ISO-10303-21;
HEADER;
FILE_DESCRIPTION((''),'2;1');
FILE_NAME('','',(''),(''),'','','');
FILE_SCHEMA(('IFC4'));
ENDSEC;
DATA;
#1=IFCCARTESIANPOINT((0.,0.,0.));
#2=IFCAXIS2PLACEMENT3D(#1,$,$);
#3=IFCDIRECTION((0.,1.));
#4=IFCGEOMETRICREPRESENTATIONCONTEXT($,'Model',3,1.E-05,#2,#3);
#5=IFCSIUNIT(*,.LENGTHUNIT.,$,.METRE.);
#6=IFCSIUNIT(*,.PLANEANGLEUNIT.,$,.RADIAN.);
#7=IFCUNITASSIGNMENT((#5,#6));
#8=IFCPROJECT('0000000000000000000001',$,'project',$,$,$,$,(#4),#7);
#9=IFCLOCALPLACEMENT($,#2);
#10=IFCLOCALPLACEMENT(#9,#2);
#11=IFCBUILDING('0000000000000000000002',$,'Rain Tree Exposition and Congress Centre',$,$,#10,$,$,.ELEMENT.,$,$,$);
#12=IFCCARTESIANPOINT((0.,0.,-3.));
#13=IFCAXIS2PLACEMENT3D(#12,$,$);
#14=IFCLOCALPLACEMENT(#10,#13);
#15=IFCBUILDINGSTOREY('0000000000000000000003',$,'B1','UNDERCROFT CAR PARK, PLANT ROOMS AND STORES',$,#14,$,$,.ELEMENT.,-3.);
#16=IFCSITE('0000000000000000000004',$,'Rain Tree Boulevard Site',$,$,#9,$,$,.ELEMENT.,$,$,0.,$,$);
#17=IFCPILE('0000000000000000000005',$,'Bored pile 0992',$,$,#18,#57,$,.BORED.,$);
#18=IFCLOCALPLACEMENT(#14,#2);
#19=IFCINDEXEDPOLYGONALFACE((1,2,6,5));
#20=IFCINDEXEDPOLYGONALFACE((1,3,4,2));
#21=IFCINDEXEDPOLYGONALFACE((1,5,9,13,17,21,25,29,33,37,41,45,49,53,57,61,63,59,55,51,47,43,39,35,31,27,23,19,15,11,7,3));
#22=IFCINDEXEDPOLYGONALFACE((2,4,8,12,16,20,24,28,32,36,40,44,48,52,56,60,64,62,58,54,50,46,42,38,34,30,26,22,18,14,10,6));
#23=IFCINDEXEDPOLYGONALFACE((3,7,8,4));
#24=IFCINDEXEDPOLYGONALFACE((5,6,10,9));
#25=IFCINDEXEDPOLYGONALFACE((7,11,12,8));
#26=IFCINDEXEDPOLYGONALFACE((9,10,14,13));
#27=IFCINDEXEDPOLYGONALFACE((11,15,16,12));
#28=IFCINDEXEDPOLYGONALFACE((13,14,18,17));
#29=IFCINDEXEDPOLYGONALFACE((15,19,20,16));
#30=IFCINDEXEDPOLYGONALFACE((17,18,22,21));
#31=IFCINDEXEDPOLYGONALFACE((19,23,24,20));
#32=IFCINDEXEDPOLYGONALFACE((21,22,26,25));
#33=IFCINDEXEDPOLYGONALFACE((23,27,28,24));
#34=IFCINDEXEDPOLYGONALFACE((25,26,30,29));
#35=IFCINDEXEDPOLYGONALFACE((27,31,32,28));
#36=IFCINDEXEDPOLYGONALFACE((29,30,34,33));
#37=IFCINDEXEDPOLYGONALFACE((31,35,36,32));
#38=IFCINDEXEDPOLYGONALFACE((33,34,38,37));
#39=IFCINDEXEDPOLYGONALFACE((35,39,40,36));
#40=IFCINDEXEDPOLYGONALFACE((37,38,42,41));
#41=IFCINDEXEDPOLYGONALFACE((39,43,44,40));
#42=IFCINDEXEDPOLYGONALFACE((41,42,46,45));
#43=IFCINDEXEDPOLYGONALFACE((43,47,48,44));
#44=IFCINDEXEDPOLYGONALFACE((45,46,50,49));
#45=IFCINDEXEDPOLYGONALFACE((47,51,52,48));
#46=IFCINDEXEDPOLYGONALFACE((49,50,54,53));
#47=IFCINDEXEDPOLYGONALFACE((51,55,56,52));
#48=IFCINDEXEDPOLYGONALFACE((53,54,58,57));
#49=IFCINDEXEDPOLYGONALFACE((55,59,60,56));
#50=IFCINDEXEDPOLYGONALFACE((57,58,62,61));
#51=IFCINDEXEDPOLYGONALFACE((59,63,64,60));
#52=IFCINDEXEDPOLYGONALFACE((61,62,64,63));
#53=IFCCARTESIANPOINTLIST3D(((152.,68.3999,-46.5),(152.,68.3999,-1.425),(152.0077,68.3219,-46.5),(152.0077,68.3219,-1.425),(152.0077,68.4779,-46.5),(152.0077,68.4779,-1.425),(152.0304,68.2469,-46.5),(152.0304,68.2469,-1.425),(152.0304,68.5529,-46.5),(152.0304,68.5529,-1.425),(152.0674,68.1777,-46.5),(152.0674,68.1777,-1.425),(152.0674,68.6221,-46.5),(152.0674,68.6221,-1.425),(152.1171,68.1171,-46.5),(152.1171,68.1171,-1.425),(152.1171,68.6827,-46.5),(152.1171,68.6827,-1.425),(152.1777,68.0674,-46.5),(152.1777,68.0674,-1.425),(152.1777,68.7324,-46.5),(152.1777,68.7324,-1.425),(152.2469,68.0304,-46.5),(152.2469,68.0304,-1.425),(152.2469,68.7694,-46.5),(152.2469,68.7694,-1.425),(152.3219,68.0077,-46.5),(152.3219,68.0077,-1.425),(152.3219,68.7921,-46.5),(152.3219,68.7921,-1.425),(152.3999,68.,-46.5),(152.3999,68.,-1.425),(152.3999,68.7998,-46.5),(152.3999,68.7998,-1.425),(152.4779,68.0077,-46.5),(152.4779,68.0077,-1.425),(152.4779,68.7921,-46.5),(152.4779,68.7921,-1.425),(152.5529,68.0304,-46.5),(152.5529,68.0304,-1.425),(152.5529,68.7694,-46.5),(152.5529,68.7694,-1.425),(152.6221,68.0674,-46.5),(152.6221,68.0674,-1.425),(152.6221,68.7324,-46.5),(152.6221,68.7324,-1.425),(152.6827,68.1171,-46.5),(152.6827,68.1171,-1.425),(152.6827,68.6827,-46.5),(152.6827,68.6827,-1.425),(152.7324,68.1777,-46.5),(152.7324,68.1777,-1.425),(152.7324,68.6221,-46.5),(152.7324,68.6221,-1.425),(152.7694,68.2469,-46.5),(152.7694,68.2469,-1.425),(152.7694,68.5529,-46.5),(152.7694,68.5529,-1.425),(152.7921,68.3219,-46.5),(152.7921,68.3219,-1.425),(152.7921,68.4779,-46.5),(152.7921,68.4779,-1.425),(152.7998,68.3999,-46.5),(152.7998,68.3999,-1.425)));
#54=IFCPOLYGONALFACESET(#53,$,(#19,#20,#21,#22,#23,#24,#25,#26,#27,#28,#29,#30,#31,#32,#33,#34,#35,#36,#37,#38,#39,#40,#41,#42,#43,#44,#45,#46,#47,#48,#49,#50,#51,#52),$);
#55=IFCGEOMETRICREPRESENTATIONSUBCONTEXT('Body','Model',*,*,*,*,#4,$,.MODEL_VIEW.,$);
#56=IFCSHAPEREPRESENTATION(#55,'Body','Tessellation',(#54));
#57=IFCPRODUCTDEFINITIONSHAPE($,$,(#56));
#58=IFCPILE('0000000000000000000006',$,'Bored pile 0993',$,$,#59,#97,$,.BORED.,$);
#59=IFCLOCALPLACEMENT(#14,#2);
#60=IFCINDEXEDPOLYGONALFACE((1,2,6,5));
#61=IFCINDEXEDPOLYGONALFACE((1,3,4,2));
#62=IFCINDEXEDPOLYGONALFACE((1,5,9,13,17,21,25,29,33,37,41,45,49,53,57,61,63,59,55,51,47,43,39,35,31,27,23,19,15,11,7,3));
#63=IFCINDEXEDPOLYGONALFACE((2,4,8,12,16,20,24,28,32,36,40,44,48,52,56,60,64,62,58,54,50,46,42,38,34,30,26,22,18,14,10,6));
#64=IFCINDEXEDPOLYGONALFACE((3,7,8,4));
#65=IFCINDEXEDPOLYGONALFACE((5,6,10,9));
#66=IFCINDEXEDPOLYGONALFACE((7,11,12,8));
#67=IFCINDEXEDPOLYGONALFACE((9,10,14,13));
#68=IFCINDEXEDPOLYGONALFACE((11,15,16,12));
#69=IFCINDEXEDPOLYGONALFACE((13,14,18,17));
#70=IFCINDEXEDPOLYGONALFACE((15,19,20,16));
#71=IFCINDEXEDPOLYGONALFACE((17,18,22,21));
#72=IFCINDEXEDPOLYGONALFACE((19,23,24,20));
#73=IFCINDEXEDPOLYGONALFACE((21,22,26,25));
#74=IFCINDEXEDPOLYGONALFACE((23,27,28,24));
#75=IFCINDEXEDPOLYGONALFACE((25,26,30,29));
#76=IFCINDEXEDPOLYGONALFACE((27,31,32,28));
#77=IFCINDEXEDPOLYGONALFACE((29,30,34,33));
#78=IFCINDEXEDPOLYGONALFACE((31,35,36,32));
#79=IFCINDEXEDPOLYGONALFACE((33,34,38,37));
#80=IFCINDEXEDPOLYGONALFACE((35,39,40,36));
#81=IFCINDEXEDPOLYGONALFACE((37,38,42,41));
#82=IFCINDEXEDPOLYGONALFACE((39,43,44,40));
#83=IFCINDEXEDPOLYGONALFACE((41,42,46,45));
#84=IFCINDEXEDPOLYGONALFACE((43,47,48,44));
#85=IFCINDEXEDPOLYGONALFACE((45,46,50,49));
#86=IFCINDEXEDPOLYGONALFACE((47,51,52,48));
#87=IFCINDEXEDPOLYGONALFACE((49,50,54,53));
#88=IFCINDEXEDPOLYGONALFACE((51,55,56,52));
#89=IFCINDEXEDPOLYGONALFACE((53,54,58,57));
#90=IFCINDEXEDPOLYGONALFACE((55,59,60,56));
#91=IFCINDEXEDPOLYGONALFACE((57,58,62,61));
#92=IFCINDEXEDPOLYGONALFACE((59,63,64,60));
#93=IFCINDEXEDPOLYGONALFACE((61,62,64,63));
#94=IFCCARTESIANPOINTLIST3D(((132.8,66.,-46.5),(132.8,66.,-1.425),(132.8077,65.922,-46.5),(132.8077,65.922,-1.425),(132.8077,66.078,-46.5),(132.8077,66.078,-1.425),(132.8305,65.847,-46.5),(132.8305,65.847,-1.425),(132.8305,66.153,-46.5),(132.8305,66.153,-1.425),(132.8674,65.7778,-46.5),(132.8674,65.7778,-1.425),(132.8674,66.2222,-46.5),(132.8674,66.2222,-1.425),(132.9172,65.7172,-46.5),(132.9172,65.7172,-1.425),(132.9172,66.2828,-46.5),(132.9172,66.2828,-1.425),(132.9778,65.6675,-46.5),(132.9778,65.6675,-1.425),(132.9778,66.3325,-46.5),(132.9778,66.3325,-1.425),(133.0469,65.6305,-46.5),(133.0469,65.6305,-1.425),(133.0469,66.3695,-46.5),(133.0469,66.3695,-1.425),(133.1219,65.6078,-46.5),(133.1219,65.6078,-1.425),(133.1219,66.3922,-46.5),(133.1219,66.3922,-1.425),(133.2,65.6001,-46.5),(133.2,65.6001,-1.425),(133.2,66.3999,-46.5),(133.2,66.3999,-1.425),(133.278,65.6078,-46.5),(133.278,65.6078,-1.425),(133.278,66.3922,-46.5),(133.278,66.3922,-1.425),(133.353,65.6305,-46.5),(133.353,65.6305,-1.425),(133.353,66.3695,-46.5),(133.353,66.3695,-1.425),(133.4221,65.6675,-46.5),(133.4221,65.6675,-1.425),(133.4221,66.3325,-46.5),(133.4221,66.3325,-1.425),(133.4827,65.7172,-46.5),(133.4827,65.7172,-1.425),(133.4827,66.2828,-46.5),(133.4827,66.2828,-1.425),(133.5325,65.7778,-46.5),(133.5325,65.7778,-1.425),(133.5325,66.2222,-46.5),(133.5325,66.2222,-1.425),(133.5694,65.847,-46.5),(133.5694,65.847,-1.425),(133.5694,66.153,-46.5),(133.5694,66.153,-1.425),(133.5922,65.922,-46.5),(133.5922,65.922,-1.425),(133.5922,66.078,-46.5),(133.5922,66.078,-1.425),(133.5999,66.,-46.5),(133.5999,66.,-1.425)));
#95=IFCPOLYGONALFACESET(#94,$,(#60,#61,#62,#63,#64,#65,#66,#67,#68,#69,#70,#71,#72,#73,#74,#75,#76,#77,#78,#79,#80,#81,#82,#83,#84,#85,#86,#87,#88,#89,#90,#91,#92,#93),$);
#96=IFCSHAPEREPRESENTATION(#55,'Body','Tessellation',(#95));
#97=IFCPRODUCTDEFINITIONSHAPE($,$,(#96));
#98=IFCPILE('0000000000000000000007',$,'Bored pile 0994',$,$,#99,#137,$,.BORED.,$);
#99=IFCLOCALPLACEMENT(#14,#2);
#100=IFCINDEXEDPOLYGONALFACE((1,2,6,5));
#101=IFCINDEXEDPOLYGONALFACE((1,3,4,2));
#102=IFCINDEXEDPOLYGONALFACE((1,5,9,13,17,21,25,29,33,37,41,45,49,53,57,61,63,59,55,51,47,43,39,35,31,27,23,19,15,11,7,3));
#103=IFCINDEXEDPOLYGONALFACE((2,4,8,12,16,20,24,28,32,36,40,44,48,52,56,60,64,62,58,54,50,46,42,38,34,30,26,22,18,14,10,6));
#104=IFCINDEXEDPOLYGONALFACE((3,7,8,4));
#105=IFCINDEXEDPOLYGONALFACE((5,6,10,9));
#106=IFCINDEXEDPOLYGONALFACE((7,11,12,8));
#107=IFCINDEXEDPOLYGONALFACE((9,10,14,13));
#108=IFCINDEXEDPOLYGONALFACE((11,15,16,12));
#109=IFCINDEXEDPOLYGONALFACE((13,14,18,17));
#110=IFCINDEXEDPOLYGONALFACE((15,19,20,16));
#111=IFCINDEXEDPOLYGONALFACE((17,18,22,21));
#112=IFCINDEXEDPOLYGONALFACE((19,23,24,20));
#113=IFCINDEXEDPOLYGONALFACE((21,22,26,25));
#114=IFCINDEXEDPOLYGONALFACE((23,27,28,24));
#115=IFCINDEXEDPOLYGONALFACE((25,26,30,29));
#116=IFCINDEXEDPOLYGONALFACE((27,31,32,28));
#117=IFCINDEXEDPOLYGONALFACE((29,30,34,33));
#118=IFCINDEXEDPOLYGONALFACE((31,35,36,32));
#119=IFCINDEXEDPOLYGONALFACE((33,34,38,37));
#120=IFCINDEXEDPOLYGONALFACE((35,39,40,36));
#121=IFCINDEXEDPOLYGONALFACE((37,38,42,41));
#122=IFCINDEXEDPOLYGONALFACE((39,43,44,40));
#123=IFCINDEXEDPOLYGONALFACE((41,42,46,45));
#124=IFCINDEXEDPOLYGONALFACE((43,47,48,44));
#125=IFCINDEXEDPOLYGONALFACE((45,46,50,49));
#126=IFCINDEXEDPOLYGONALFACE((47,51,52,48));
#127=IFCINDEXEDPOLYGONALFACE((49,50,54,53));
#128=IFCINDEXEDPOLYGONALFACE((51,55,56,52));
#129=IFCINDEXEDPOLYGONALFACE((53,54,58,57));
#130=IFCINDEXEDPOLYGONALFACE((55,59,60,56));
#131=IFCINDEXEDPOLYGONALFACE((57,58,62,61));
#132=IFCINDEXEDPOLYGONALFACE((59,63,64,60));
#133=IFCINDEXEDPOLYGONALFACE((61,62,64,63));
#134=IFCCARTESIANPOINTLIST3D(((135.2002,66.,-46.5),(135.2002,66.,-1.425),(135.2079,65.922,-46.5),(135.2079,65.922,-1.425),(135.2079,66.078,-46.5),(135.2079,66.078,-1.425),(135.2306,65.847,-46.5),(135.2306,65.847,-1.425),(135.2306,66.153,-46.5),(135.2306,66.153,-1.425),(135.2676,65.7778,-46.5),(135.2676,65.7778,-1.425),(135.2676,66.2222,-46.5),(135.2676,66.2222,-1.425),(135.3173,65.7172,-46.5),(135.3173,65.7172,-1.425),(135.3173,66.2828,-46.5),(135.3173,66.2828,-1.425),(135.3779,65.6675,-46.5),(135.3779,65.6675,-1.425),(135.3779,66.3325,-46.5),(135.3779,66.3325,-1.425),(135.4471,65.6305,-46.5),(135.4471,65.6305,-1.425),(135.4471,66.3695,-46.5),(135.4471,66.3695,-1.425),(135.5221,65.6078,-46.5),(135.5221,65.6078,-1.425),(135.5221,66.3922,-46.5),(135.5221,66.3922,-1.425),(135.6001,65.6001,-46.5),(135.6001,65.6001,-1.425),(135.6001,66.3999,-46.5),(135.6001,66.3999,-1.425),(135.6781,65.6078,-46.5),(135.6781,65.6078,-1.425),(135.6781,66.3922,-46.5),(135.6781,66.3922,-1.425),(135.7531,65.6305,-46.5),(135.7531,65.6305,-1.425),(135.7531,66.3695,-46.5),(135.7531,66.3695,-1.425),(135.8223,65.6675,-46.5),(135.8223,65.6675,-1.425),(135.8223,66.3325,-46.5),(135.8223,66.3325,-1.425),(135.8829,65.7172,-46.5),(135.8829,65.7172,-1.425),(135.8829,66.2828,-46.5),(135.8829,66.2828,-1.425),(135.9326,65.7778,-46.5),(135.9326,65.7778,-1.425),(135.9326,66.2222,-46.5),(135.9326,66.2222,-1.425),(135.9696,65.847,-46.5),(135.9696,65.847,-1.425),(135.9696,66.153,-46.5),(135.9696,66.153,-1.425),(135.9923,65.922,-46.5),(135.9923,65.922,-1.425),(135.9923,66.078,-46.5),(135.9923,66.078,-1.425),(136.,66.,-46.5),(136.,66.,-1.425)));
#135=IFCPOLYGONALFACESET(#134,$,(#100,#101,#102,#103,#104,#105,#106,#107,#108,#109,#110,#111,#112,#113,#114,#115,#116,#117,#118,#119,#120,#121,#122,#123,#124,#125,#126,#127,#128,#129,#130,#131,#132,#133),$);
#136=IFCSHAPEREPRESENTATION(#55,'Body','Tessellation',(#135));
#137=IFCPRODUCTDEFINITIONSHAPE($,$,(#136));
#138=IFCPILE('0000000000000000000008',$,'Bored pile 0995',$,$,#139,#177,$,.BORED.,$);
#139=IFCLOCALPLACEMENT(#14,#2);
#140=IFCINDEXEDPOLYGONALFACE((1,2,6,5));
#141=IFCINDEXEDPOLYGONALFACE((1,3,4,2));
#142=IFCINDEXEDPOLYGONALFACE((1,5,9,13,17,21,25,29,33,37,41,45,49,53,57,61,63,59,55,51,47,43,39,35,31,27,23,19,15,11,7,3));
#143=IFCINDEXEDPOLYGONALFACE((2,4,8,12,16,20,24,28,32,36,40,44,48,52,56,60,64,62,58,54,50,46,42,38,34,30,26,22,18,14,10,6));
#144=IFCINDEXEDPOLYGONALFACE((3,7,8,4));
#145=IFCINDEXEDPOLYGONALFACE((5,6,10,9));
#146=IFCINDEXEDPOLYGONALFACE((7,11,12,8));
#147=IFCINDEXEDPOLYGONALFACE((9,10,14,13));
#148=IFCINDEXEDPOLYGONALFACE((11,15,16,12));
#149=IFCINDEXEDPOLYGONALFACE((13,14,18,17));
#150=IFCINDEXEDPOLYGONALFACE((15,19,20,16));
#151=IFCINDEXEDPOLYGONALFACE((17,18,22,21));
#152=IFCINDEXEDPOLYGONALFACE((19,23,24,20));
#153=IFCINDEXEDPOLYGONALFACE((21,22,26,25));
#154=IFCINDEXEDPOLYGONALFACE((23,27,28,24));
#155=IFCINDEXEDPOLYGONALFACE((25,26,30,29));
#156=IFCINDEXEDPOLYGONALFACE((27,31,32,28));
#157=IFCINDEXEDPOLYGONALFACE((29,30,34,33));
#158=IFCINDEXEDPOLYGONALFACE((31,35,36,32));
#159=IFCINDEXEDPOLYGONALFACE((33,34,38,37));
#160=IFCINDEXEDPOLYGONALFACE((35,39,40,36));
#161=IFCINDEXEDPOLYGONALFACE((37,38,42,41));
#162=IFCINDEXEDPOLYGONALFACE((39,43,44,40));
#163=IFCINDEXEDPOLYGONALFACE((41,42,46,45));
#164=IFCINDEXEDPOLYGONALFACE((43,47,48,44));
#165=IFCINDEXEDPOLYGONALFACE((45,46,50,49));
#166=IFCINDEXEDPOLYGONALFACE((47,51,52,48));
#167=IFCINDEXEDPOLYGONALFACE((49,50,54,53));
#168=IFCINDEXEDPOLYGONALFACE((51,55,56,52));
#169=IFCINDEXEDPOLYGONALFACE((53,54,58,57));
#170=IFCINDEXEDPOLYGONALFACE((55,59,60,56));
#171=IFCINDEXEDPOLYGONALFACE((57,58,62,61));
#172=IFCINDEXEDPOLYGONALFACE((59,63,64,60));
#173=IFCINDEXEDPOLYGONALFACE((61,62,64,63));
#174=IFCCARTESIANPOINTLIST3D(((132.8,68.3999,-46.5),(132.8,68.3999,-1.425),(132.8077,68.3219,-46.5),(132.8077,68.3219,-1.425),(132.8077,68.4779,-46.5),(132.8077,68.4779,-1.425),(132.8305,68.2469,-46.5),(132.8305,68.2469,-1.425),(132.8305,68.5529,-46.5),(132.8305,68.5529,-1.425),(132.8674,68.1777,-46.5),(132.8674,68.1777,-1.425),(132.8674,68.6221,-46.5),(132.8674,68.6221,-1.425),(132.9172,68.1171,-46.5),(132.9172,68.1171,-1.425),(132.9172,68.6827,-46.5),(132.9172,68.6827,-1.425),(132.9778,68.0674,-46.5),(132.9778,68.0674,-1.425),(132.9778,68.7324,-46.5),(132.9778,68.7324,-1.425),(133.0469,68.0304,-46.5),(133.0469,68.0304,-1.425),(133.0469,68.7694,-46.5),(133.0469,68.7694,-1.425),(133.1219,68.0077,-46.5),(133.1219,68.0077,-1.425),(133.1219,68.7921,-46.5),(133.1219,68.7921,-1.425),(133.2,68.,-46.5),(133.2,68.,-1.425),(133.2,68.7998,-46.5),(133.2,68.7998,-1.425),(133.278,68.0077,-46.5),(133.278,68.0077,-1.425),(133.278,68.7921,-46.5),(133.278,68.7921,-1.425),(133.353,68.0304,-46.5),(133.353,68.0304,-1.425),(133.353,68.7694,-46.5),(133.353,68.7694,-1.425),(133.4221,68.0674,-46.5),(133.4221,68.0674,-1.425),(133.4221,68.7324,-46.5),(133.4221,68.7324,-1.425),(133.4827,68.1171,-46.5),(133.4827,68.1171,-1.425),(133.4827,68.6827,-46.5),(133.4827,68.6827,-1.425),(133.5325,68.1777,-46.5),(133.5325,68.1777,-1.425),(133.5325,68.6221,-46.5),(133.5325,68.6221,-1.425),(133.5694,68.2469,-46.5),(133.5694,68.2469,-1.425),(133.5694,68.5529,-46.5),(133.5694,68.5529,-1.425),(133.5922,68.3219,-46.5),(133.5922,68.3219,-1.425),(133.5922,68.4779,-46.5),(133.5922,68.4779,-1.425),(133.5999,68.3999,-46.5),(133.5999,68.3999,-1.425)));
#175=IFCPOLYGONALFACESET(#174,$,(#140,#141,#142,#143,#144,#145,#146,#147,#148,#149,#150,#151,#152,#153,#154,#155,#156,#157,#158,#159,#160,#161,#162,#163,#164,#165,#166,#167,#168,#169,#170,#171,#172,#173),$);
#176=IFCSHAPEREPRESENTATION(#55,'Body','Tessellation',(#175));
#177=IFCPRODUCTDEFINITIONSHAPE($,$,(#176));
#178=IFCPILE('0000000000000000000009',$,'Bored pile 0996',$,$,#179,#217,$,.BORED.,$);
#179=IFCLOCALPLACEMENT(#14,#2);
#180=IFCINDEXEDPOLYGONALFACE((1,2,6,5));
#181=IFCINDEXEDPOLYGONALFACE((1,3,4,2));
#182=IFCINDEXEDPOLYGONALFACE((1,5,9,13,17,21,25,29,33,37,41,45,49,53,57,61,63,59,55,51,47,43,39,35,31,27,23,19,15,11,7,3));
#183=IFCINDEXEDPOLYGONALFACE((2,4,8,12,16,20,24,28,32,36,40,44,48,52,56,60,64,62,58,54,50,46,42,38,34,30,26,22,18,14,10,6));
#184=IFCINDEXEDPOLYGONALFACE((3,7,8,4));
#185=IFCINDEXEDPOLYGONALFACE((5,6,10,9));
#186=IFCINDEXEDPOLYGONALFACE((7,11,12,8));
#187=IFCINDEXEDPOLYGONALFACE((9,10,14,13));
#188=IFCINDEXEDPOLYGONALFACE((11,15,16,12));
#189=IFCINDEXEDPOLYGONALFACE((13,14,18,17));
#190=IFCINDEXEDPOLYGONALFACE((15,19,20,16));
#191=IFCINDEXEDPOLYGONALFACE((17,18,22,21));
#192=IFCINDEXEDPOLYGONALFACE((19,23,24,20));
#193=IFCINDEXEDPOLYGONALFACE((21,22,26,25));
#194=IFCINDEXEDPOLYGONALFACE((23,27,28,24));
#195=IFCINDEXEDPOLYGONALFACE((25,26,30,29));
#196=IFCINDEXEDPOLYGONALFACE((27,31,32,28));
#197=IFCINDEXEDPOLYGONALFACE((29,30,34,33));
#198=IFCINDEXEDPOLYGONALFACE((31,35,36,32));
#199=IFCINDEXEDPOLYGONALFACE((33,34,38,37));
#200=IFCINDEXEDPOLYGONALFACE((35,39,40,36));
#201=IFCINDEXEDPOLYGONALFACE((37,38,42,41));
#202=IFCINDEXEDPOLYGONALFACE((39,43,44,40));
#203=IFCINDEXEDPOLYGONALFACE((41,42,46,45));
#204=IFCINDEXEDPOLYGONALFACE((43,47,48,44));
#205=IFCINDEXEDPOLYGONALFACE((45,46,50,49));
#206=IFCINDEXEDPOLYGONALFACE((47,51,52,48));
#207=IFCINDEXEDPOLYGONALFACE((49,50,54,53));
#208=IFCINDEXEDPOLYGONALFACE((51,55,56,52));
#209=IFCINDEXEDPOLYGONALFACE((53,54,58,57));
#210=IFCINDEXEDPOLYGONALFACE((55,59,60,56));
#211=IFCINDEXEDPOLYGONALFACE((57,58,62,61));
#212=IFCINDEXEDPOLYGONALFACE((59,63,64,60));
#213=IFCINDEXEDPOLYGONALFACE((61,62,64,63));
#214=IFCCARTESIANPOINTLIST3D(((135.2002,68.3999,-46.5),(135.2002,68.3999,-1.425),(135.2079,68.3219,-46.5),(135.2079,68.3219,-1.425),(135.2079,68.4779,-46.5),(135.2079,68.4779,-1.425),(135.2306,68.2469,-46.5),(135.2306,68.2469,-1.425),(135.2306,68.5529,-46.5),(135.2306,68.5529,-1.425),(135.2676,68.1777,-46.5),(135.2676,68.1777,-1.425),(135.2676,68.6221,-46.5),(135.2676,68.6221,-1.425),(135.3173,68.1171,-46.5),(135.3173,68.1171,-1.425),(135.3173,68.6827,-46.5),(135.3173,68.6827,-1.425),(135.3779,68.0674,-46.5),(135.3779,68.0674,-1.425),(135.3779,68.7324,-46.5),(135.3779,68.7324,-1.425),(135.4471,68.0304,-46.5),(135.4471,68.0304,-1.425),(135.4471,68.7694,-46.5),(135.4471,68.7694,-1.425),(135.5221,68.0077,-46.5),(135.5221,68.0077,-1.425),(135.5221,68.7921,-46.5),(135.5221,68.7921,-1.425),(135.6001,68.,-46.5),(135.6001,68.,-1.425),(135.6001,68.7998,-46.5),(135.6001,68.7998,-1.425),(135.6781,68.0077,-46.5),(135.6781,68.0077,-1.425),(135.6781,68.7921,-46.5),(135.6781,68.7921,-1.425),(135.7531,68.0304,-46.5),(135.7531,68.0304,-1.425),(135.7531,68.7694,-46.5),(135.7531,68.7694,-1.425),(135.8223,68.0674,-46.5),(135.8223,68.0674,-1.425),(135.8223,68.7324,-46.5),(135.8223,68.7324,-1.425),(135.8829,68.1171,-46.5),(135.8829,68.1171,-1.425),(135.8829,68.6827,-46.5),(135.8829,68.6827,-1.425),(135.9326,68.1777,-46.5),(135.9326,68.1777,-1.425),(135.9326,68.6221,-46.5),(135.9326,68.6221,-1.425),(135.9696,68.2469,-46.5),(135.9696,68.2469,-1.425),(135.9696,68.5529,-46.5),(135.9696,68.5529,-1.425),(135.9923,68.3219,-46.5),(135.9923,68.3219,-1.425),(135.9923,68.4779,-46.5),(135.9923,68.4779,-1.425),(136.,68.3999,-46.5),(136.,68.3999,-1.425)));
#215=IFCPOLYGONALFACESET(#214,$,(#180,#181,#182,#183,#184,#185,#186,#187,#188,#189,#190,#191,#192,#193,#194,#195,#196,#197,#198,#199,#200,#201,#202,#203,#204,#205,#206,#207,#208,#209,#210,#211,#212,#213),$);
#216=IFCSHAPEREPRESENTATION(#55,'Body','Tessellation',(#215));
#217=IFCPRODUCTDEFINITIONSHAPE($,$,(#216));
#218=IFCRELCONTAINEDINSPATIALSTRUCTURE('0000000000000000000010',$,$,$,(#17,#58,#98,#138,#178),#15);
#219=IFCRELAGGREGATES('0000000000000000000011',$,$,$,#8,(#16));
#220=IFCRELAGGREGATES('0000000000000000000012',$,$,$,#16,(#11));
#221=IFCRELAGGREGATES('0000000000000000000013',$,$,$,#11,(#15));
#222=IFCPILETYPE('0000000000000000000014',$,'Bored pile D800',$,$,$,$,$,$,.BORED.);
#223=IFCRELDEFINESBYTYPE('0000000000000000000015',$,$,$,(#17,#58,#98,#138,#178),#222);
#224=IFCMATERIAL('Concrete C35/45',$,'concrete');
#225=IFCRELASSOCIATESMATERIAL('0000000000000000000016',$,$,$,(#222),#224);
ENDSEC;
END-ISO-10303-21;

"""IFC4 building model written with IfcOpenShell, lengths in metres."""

from ifc_helpers import new_model, si_unit, direction, frame, origin, origin_2d, place, context, subcontext, project, spatial, circle, extrude, material, material_profile, profile_set, type_object, element, save


model = new_model("IFC4")

# Units and contexts
model_context = context("Model", 3, precision=1e-05, world=origin(), true_north=direction((0.0, 1.0)))
body_context = subcontext(model_context, "Body", "Model", "MODEL_VIEW")
ifc_project = project(units=[si_unit("LENGTHUNIT", "METRE"), si_unit("PLANEANGLEUNIT", "RADIAN")], contexts=[model_context])

# Site, building, storey
site_placement = place(None, origin())
site = spatial("IfcSite", under=ifc_project, at=site_placement, Name="Rain Tree Boulevard Site", CompositionType="ELEMENT", RefElevation=0.0)
building_placement = place(site_placement, origin())
building = spatial("IfcBuilding", under=site, at=building_placement, Name="Rain Tree Exposition and Congress Centre", CompositionType="ELEMENT")
storey_placement = place(building_placement, frame((0.0, 0.0, -3.0)))
storey = spatial("IfcBuildingStorey", under=building, at=storey_placement, Name="B1", Description="UNDERCROFT CAR PARK, PLANT ROOMS AND STORES", CompositionType="ELEMENT", Elevation=-3.0)

# Piles
ifc_material_1 = material(Name="Concrete C35/45", Category="concrete")
ifc_material_profile_1 = material_profile(ifc_material_1, circle(Radius=0.3999, at=origin_2d()), Name="D800")
ifc_profile_set_1 = profile_set([ifc_material_profile_1], Name="Concrete C35/45")
pile_type = type_object("IfcPileType", Name="Bored pile D800", PredefinedType="BORED", material=ifc_profile_set_1)
for number, where, z_axis, x_axis, name in (
    (1, (152.3999, 68.3999, -1.425), (0.0, 0.0, -1.0), (1.0, 0.0, 0.0), "Bored pile 0992"),
    (2, (133.2, 66.0, -1.425), (0.0, 0.0, -1.0), (1.0, 0.0, 0.0), "Bored pile 0993"),
    (3, (135.6001, 66.0, -1.425), (0.0, 0.0, -1.0), (1.0, 0.0, 0.0), "Bored pile 0994"),
    (4, (133.2, 68.3999, -1.425), (0.0, 0.0, -1.0), (1.0, 0.0, 0.0), "Bored pile 0995"),
    (5, (135.6001, 68.3999, -1.425), (0.0, 0.0, -1.0), (1.0, 0.0, 0.0), "Bored pile 0996"),
):
    element("IfcPile", number, at=place(storey_placement, frame(where, z_axis=z_axis, x_axis=x_axis)), inside=storey, type_object=pile_type, Name=name, PredefinedType="BORED", context=body_context, shape_type="SweptSolid", body=[
        extrude(circle(Radius=0.3999, at=origin_2d()), origin(), (0.0, 0.0, 1.0), 45.075),
    ])

save(model, "model.ifc")
